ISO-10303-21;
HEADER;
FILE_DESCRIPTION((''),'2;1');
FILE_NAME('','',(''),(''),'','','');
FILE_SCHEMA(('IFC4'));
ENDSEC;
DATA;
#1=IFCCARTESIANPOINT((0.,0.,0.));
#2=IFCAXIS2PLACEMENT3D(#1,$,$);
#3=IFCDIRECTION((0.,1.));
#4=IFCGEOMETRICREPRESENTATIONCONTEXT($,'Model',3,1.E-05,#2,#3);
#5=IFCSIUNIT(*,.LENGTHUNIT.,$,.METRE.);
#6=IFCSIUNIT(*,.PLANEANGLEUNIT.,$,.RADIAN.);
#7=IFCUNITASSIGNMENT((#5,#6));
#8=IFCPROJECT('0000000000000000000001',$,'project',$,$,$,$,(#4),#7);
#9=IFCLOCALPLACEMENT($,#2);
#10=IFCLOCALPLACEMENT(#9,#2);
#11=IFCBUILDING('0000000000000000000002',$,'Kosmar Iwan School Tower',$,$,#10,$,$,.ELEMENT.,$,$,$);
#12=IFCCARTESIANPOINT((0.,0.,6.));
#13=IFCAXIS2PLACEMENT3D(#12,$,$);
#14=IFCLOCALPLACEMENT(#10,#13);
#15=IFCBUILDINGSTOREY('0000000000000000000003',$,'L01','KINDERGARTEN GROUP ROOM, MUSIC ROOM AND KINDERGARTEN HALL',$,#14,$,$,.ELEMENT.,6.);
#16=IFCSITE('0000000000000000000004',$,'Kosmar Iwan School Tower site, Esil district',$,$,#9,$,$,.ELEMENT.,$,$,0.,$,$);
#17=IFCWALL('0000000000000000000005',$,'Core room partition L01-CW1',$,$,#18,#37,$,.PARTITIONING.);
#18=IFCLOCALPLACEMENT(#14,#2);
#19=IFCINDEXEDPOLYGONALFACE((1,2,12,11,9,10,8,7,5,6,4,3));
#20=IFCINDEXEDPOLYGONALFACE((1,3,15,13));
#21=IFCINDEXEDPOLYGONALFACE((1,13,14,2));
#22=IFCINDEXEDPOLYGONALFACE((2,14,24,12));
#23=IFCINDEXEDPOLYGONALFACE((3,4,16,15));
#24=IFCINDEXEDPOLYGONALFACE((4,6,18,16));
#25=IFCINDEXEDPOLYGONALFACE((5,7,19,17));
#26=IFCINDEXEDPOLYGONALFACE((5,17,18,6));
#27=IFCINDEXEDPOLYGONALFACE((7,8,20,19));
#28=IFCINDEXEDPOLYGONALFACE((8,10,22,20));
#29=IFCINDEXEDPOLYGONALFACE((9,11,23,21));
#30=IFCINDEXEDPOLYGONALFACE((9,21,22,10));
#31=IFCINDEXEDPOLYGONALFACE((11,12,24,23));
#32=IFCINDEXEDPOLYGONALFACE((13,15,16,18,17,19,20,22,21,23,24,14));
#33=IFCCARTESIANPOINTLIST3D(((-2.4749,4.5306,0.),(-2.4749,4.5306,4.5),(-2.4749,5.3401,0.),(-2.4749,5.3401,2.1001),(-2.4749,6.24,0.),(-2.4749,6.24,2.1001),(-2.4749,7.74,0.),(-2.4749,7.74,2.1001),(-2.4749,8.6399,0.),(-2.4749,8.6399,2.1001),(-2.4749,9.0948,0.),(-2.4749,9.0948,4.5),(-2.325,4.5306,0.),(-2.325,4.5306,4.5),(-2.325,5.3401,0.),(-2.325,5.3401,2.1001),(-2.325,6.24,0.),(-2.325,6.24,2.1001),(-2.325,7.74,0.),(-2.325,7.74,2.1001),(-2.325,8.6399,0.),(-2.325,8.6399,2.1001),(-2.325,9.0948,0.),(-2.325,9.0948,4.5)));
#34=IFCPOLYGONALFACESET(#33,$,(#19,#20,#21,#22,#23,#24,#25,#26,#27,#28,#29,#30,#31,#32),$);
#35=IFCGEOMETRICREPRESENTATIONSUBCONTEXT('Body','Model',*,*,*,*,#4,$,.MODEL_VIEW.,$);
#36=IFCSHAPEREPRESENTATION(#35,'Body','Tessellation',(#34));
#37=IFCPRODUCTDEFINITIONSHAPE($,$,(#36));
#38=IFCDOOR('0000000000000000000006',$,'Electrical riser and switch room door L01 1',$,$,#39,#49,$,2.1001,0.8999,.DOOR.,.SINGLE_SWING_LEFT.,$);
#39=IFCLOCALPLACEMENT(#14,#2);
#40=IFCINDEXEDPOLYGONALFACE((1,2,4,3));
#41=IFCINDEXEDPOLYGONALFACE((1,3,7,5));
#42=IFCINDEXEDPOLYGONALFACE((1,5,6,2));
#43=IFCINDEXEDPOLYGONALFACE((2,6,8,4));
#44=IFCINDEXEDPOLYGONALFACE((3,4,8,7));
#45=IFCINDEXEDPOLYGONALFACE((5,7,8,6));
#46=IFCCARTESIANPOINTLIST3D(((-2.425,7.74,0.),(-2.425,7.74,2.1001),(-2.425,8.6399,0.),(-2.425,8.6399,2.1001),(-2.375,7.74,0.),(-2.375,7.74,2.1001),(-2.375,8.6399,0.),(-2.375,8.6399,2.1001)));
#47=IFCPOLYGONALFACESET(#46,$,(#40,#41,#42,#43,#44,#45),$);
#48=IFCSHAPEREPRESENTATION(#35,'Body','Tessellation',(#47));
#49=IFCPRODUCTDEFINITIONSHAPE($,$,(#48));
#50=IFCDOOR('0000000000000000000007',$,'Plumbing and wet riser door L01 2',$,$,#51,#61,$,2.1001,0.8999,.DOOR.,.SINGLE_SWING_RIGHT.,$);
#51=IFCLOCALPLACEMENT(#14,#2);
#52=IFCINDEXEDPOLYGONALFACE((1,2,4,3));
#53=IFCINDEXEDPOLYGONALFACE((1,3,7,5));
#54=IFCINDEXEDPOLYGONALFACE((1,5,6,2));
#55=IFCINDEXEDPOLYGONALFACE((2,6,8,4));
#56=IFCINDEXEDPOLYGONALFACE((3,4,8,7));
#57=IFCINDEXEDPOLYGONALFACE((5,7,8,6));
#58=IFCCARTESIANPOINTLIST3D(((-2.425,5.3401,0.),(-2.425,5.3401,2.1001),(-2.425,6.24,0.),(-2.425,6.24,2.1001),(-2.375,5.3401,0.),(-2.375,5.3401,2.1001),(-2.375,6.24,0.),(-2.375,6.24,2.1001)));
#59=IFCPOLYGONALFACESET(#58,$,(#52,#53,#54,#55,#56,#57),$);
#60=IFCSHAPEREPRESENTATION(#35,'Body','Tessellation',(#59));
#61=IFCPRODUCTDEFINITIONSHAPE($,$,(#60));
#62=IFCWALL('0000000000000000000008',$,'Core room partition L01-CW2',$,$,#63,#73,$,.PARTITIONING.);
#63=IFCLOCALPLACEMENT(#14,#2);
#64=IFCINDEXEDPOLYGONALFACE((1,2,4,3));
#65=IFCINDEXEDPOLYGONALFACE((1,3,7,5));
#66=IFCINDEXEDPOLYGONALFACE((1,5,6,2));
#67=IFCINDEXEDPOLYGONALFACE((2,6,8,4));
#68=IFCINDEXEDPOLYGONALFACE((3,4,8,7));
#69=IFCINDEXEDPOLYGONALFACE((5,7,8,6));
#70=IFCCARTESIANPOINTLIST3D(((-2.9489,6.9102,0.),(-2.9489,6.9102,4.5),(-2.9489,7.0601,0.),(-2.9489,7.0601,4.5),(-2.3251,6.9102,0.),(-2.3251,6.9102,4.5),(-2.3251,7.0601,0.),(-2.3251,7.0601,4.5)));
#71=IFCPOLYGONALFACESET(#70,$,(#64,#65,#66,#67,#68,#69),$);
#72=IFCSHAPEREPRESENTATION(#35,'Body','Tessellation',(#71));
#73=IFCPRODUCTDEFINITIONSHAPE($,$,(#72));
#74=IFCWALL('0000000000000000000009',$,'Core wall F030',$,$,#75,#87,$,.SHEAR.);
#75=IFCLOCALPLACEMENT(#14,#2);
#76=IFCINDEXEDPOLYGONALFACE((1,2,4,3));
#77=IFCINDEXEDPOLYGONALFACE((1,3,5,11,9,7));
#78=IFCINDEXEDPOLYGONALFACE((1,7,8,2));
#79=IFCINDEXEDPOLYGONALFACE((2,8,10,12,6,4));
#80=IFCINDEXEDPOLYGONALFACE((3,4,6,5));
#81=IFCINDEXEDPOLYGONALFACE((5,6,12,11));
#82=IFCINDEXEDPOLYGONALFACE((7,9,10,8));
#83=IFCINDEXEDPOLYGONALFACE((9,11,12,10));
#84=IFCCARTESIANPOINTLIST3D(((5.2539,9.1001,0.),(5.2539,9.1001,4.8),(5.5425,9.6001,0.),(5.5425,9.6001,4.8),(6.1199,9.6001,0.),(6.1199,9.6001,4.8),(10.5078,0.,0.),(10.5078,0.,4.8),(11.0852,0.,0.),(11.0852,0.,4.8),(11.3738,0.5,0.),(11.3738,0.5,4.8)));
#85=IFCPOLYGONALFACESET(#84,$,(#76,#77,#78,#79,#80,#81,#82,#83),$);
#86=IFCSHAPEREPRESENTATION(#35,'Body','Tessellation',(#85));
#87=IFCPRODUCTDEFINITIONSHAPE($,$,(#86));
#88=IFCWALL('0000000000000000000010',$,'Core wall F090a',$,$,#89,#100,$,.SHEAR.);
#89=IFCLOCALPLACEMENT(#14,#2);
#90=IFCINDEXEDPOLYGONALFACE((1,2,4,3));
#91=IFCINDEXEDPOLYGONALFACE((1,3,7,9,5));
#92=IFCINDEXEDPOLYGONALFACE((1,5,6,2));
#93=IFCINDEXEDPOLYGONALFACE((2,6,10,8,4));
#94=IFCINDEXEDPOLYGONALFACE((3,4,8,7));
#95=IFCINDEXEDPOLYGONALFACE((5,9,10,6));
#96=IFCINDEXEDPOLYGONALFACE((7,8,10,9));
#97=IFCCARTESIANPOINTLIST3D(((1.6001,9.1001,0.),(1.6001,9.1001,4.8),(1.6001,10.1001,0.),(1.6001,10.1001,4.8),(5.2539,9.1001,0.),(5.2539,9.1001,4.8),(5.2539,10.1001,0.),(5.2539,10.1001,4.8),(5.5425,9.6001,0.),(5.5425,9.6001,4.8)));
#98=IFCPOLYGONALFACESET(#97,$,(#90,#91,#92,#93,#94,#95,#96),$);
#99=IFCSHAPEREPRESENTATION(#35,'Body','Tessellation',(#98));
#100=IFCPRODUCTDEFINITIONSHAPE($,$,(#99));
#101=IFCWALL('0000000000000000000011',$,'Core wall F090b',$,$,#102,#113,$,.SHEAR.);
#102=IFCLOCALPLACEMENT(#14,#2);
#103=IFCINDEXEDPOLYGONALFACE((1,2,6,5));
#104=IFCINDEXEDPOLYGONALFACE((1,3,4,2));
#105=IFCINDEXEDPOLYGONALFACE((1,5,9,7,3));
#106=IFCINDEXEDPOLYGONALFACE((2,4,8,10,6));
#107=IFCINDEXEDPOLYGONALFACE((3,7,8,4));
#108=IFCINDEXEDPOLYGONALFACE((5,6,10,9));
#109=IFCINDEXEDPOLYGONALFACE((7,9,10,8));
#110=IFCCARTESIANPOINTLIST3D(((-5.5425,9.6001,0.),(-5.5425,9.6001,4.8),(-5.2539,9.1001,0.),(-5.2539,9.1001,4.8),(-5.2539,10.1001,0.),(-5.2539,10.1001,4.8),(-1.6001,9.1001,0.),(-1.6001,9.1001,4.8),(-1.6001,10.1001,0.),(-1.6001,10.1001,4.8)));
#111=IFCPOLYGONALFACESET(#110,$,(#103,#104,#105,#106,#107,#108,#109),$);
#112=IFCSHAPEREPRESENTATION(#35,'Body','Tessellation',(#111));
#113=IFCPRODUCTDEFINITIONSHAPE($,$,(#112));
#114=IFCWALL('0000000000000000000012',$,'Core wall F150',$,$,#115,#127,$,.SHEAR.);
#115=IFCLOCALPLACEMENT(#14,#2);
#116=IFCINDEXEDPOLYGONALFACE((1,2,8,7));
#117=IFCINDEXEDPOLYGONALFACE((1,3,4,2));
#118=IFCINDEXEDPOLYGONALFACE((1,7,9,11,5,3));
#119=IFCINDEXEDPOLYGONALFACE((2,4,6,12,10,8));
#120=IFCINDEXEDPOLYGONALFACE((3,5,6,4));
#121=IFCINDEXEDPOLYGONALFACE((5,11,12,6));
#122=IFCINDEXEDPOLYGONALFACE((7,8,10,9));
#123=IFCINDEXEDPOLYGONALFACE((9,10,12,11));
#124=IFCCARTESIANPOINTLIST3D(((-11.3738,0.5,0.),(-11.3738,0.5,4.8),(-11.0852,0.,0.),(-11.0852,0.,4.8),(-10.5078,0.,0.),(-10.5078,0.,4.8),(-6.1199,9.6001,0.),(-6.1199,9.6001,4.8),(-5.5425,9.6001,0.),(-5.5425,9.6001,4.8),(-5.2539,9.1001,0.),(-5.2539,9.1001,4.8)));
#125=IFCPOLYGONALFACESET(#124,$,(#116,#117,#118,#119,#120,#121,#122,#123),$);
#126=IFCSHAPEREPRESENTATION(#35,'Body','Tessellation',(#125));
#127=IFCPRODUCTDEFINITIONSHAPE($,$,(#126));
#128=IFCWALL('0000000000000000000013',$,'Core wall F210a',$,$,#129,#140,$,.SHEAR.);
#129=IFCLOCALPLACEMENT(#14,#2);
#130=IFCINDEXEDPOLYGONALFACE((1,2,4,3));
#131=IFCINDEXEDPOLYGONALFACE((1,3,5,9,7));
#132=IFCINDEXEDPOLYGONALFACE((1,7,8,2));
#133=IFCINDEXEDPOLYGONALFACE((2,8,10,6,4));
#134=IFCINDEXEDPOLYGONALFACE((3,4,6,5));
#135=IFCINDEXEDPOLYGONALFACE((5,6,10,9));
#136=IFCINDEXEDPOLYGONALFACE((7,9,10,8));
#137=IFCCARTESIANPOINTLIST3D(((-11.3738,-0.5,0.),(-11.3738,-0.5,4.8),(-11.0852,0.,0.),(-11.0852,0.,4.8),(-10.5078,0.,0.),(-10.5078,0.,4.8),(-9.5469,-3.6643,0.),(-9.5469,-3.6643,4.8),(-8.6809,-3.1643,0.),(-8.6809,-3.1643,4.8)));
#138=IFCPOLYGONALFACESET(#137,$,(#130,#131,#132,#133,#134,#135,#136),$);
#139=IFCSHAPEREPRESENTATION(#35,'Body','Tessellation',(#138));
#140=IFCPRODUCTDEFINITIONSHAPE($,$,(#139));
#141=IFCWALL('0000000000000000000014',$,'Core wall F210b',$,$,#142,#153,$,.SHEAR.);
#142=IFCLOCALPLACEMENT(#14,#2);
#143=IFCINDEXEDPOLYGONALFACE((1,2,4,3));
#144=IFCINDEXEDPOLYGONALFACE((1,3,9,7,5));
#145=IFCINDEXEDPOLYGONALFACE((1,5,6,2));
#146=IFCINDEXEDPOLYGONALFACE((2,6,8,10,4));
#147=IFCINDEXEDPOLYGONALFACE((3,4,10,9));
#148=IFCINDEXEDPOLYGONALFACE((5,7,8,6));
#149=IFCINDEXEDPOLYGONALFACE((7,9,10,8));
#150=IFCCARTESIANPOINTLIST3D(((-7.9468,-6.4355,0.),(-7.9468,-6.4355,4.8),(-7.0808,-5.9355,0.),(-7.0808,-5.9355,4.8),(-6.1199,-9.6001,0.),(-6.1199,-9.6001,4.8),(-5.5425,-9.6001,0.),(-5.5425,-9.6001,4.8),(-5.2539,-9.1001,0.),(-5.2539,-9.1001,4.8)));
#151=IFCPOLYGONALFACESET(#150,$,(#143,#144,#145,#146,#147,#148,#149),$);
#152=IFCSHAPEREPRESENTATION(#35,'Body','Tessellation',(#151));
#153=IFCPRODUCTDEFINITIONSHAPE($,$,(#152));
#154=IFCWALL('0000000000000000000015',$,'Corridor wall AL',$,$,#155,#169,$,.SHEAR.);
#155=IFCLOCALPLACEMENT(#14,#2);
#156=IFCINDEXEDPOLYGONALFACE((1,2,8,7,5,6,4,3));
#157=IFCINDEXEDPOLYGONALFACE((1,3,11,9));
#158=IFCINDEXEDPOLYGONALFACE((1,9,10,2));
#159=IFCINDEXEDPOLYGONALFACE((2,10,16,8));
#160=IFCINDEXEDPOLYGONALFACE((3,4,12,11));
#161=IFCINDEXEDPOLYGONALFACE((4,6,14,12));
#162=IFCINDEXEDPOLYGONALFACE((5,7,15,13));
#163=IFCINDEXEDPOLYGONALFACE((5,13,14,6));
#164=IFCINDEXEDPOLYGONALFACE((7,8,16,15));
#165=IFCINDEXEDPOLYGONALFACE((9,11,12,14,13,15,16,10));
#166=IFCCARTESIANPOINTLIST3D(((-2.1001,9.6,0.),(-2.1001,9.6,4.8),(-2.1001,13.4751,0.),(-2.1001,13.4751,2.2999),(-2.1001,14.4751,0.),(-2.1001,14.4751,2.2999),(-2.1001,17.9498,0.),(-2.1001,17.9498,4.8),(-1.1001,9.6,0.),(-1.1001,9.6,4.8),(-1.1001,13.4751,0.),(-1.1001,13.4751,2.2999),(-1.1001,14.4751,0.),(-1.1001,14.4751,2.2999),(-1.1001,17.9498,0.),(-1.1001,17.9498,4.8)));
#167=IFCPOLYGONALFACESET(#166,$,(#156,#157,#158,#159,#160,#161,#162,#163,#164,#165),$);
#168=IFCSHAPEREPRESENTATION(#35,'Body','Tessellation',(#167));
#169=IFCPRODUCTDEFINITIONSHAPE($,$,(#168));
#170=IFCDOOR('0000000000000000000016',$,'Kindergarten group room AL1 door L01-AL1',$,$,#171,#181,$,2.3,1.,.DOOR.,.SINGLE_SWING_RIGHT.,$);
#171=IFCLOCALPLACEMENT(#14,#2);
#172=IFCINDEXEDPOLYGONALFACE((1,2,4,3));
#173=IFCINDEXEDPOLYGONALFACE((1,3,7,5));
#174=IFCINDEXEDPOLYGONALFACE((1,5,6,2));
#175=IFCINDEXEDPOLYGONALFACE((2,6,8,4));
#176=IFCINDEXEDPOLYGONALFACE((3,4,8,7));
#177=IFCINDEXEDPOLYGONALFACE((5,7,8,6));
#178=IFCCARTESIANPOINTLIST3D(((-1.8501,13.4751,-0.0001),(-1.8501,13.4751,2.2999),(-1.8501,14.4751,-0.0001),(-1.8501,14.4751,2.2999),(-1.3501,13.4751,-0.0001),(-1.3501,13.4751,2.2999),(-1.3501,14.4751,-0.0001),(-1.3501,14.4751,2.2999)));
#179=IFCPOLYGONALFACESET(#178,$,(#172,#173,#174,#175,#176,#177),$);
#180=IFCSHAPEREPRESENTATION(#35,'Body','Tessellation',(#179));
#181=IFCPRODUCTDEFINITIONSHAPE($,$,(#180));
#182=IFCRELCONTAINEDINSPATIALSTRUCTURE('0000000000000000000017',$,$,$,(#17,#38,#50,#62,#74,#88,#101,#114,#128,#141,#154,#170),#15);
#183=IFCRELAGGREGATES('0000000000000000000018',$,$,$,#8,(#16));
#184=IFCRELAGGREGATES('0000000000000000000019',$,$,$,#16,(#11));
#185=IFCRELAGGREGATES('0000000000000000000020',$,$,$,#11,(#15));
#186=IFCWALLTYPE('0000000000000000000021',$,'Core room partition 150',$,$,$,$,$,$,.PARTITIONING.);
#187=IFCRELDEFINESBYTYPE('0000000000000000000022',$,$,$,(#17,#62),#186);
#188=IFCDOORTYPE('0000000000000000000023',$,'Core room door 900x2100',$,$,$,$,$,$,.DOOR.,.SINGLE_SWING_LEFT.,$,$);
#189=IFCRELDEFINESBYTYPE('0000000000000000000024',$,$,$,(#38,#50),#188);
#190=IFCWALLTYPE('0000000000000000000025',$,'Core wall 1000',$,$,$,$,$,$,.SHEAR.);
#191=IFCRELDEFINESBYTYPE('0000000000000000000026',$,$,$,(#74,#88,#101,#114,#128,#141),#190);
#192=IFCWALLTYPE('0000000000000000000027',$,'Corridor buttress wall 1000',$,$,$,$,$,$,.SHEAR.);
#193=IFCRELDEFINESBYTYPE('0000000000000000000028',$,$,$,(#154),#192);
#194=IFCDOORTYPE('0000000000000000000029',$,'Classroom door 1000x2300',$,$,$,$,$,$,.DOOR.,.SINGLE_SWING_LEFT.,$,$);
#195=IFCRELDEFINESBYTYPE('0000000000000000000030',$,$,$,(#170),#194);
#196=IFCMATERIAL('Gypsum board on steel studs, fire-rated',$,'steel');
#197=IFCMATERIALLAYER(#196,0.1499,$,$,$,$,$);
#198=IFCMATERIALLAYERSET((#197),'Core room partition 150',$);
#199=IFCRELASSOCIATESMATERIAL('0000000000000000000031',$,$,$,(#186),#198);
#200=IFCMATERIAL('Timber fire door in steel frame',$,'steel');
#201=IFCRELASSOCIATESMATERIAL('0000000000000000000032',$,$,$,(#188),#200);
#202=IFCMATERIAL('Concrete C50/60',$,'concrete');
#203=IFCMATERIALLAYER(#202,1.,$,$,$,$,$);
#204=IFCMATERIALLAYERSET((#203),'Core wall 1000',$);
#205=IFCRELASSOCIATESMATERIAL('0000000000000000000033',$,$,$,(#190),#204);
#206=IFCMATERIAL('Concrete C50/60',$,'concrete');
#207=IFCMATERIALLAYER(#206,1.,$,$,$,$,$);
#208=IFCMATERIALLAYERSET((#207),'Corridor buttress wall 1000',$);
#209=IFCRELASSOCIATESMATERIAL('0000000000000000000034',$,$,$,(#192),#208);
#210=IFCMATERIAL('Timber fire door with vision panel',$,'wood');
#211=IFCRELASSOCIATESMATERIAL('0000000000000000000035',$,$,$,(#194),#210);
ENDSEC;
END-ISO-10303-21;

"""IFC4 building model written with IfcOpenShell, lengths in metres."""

from ifc_helpers import new_model, si_unit, direction, frame, frame_2d, origin, place, context, subcontext, project, spatial, polyline, rectangle, outline, extrude, material, layer, layer_set, type_object, element, fill, save


model = new_model("IFC4")

# Units and contexts
model_context = context("Model", 3, precision=1e-05, world=origin(), true_north=direction((0.0, 1.0)))
body_context = subcontext(model_context, "Body", "Model", "MODEL_VIEW")
ifc_project = project(units=[si_unit("LENGTHUNIT", "METRE"), si_unit("PLANEANGLEUNIT", "RADIAN")], contexts=[model_context])

# Site, building, storey
site_placement = place(None, origin())
site = spatial("IfcSite", under=ifc_project, at=site_placement, Name="Kosmar Iwan School Tower site, Esil district", CompositionType="ELEMENT", RefElevation=0.0)
building_placement = place(site_placement, origin())
building = spatial("IfcBuilding", under=site, at=building_placement, Name="Kosmar Iwan School Tower", CompositionType="ELEMENT")
storey_placement = place(building_placement, frame((0.0, 0.0, 6.0)))
storey = spatial("IfcBuildingStorey", under=building, at=storey_placement, Name="L01", Description="KINDERGARTEN GROUP ROOM, MUSIC ROOM AND KINDERGARTEN HALL", CompositionType="ELEMENT", Elevation=6.0)

# Wall, openings, doors
ifc_material_1 = material(Name="Gypsum board on steel studs, fire-rated", Category="steel")
ifc_layer_1 = layer(ifc_material_1, 0.1499)
ifc_layer_set_1 = layer_set([ifc_layer_1], Name="Core room partition 150")
wall_type_1 = type_object("IfcWallType", Name="Core room partition 150", PredefinedType="PARTITIONING", material=ifc_layer_set_1)
wall_1_placement = place(storey_placement, frame((-2.3999, 9.095, 0.0), z_axis=(0.0, 0.0, 1.0), x_axis=(0.0, -1.0, 0.0)))
wall_1 = element("IfcWall", 1, at=wall_1_placement, inside=storey, type_object=wall_type_1, Name="Core room partition L01-CW1", PredefinedType="PARTITIONING", context=body_context, shape_type="SweptSolid", body=[
    extrude(rectangle(XDim=4.5642, YDim=0.1499, at=frame_2d((2.2822, 0.0))), origin(), (0.0, 0.0, 1.0), 4.5),
])
opening_1_placement = place(wall_1_placement, frame((0.4551, 0.0, 0.0)))
opening_1 = element("IfcOpeningElement", 2, at=opening_1_placement, cuts=wall_1, PredefinedType="OPENING", context=body_context, shape_type="SweptSolid", body=[
    extrude(rectangle(XDim=0.8999, YDim=2.1001, at=frame_2d((0.45, 1.05))), frame((0.0, 0.0869, 0.0), z_axis=(0.0, -1.0, 0.0), x_axis=(1.0, 0.0, 0.0)), (0.0, 0.0, 1.0), 0.1738),
])
opening_2_placement = place(wall_1_placement, frame((2.855, 0.0, 0.0)))
opening_2 = element("IfcOpeningElement", 3, at=opening_2_placement, cuts=wall_1, PredefinedType="OPENING", context=body_context, shape_type="SweptSolid", body=[
    extrude(rectangle(XDim=0.8999, YDim=2.1001, at=frame_2d((0.45, 1.05))), frame((0.0, 0.0869, 0.0), z_axis=(0.0, -1.0, 0.0), x_axis=(1.0, 0.0, 0.0)), (0.0, 0.0, 1.0), 0.1738),
])
ifc_material_2 = material(Name="Timber fire door in steel frame", Category="steel")
door_type_1 = type_object("IfcDoorType", Name="Core room door 900x2100", OperationType="SINGLE_SWING_LEFT", PredefinedType="DOOR", material=ifc_material_2)
door_1_placement = place(opening_1_placement, origin())
door_1 = element("IfcDoor", 4, at=door_1_placement, inside=storey, type_object=door_type_1, Name="Electrical riser and switch room door L01 1", OperationType="SINGLE_SWING_LEFT", OverallHeight=2.1001, OverallWidth=0.8999, PredefinedType="DOOR", context=body_context, shape_type="SweptSolid", body=[
    extrude(rectangle(XDim=0.8999, YDim=2.1001, at=frame_2d((0.45, 1.05))), frame((0.0, 0.0249, 0.0), z_axis=(0.0, -1.0, 0.0), x_axis=(1.0, 0.0, 0.0)), (0.0, 0.0, 1.0), 0.05),
])
fill(opening_1, door_1)
door_2_placement = place(opening_2_placement, origin())
door_2 = element("IfcDoor", 5, at=door_2_placement, inside=storey, type_object=door_type_1, Name="Plumbing and wet riser door L01 2", OperationType="SINGLE_SWING_RIGHT", OverallHeight=2.1001, OverallWidth=0.8999, PredefinedType="DOOR", context=body_context, shape_type="SweptSolid", body=[
    extrude(rectangle(XDim=0.8999, YDim=2.1001, at=frame_2d((0.45, 1.05))), frame((0.0, 0.0249, 0.0), z_axis=(0.0, -1.0, 0.0), x_axis=(1.0, 0.0, 0.0)), (0.0, 0.0, 1.0), 0.05),
])
fill(opening_2, door_2)

# Walls
wall_2_placement = place(storey_placement, frame((-2.325, 6.9851, 0.0), z_axis=(0.0, 0.0, 1.0), x_axis=(-1.0, 0.0, 0.0)))
element("IfcWall", 6, at=wall_2_placement, inside=storey, type_object=wall_type_1, Name="Core room partition L01-CW2", PredefinedType="PARTITIONING", context=body_context, shape_type="SweptSolid", body=[
    extrude(rectangle(XDim=0.6238, YDim=0.1499, at=frame_2d((0.312, 0.0))), origin(), (0.0, 0.0, 1.0), 4.5),
])
ifc_material_3 = material(Name="Concrete C50/60", Category="concrete")
ifc_layer_2 = layer(ifc_material_3, 1.0)
ifc_layer_set_2 = layer_set([ifc_layer_2], Name="Core wall 1000")
wall_type_2 = type_object("IfcWallType", Name="Core wall 1000", PredefinedType="SHEAR", material=ifc_layer_set_2)
wall_3_placement = place(storey_placement, origin())
element("IfcWall", 7, at=wall_3_placement, inside=storey, type_object=wall_type_2, Name="Core wall F030", PredefinedType="SHEAR", context=body_context, shape_type="SweptSolid", body=[
    extrude(outline(polyline([(10.5078, 0.0), (11.0852, 0.0), (11.3738, 0.5), (6.1199, 9.6001), (5.5425, 9.6001), (5.2539, 9.1001), (10.5078, 0.0)])), origin(), (0.0, 0.0, 1.0), 4.8),
])
wall_4_placement = place(storey_placement, origin())
element("IfcWall", 8, at=wall_4_placement, inside=storey, type_object=wall_type_2, Name="Core wall F090a", PredefinedType="SHEAR", context=body_context, shape_type="SweptSolid", body=[
    extrude(outline(polyline([(1.6001, 9.1001), (5.2539, 9.1001), (5.5425, 9.6001), (5.2539, 10.1001), (1.6001, 10.1001), (1.6001, 9.1001)])), origin(), (0.0, 0.0, 1.0), 4.8),
])
wall_5_placement = place(storey_placement, origin())
element("IfcWall", 9, at=wall_5_placement, inside=storey, type_object=wall_type_2, Name="Core wall F090b", PredefinedType="SHEAR", context=body_context, shape_type="SweptSolid", body=[
    extrude(outline(polyline([(-5.2539, 9.1001), (-1.6001, 9.1001), (-1.6001, 10.1001), (-5.2539, 10.1001), (-5.5425, 9.6001), (-5.2539, 9.1001)])), origin(), (0.0, 0.0, 1.0), 4.8),
])
wall_6_placement = place(storey_placement, origin())
element("IfcWall", 10, at=wall_6_placement, inside=storey, type_object=wall_type_2, Name="Core wall F150", PredefinedType="SHEAR", context=body_context, shape_type="SweptSolid", body=[
    extrude(outline(polyline([(-11.0852, 0.0), (-10.5078, 0.0), (-5.2539, 9.1001), (-5.5425, 9.6001), (-6.1199, 9.6001), (-11.3738, 0.5), (-11.0852, 0.0)])), origin(), (0.0, 0.0, 1.0), 4.8),
])
wall_7_placement = place(storey_placement, origin())
element("IfcWall", 11, at=wall_7_placement, inside=storey, type_object=wall_type_2, Name="Core wall F210a", PredefinedType="SHEAR", context=body_context, shape_type="SweptSolid", body=[
    extrude(outline(polyline([(-9.5469, -3.6643), (-8.6809, -3.1643), (-10.5078, 0.0), (-11.0852, 0.0), (-11.3738, -0.5), (-9.5469, -3.6643)])), origin(), (0.0, 0.0, 1.0), 4.8),
])
wall_8_placement = place(storey_placement, origin())
element("IfcWall", 12, at=wall_8_placement, inside=storey, type_object=wall_type_2, Name="Core wall F210b", PredefinedType="SHEAR", context=body_context, shape_type="SweptSolid", body=[
    extrude(outline(polyline([(-6.1199, -9.6001), (-5.5425, -9.6001), (-5.2539, -9.1001), (-7.0808, -5.9355), (-7.9468, -6.4355), (-6.1199, -9.6001)])), origin(), (0.0, 0.0, 1.0), 4.8),
])

# Wall, opening, door
ifc_material_4 = material(Name="Concrete C50/60", Category="concrete")
ifc_layer_3 = layer(ifc_material_4, 1.0)
ifc_layer_set_3 = layer_set([ifc_layer_3], Name="Corridor buttress wall 1000")
wall_type_3 = type_object("IfcWallType", Name="Corridor buttress wall 1000", PredefinedType="SHEAR", material=ifc_layer_set_3)
wall_9_placement = place(storey_placement, frame((-1.6001, 9.6001, 0.0), z_axis=(0.0, 0.0, 1.0), x_axis=(0.0, 1.0, 0.0)))
wall_9 = element("IfcWall", 13, at=wall_9_placement, inside=storey, type_object=wall_type_3, Name="Corridor wall AL", PredefinedType="SHEAR", context=body_context, shape_type="SweptSolid", body=[
    extrude(rectangle(XDim=8.3499, YDim=1.0, at=frame_2d((4.1748, 0.0))), origin(), (0.0, 0.0, 1.0), 4.8),
])
opening_3_placement = place(wall_9_placement, frame((3.875, 0.0, 0.0)))
opening_3 = element("IfcOpeningElement", 14, at=opening_3_placement, cuts=wall_9, PredefinedType="OPENING", context=body_context, shape_type="SweptSolid", body=[
    extrude(rectangle(XDim=1.0, YDim=2.3, at=frame_2d((0.5, 1.1499))), frame((0.0, 0.512, 0.0), z_axis=(0.0, -1.0, 0.0), x_axis=(1.0, 0.0, 0.0)), (0.0, 0.0, 1.0), 1.0239),
])
ifc_material_5 = material(Name="Timber fire door with vision panel", Category="wood")
door_type_2 = type_object("IfcDoorType", Name="Classroom door 1000x2300", OperationType="SINGLE_SWING_LEFT", PredefinedType="DOOR", material=ifc_material_5)
door_3_placement = place(opening_3_placement, origin())
door_3 = element("IfcDoor", 15, at=door_3_placement, inside=storey, type_object=door_type_2, Name="Kindergarten group room AL1 door L01-AL1", OperationType="SINGLE_SWING_RIGHT", OverallHeight=2.3, OverallWidth=1.0, PredefinedType="DOOR", context=body_context, shape_type="SweptSolid", body=[
    extrude(rectangle(XDim=1.0, YDim=2.3, at=frame_2d((0.5, 1.1499))), frame((0.0, 0.25, 0.0), z_axis=(0.0, -1.0, 0.0), x_axis=(1.0, 0.0, 0.0)), (0.0, 0.0, 1.0), 0.5),
])
fill(opening_3, door_3)

save(model, "model.ifc")
